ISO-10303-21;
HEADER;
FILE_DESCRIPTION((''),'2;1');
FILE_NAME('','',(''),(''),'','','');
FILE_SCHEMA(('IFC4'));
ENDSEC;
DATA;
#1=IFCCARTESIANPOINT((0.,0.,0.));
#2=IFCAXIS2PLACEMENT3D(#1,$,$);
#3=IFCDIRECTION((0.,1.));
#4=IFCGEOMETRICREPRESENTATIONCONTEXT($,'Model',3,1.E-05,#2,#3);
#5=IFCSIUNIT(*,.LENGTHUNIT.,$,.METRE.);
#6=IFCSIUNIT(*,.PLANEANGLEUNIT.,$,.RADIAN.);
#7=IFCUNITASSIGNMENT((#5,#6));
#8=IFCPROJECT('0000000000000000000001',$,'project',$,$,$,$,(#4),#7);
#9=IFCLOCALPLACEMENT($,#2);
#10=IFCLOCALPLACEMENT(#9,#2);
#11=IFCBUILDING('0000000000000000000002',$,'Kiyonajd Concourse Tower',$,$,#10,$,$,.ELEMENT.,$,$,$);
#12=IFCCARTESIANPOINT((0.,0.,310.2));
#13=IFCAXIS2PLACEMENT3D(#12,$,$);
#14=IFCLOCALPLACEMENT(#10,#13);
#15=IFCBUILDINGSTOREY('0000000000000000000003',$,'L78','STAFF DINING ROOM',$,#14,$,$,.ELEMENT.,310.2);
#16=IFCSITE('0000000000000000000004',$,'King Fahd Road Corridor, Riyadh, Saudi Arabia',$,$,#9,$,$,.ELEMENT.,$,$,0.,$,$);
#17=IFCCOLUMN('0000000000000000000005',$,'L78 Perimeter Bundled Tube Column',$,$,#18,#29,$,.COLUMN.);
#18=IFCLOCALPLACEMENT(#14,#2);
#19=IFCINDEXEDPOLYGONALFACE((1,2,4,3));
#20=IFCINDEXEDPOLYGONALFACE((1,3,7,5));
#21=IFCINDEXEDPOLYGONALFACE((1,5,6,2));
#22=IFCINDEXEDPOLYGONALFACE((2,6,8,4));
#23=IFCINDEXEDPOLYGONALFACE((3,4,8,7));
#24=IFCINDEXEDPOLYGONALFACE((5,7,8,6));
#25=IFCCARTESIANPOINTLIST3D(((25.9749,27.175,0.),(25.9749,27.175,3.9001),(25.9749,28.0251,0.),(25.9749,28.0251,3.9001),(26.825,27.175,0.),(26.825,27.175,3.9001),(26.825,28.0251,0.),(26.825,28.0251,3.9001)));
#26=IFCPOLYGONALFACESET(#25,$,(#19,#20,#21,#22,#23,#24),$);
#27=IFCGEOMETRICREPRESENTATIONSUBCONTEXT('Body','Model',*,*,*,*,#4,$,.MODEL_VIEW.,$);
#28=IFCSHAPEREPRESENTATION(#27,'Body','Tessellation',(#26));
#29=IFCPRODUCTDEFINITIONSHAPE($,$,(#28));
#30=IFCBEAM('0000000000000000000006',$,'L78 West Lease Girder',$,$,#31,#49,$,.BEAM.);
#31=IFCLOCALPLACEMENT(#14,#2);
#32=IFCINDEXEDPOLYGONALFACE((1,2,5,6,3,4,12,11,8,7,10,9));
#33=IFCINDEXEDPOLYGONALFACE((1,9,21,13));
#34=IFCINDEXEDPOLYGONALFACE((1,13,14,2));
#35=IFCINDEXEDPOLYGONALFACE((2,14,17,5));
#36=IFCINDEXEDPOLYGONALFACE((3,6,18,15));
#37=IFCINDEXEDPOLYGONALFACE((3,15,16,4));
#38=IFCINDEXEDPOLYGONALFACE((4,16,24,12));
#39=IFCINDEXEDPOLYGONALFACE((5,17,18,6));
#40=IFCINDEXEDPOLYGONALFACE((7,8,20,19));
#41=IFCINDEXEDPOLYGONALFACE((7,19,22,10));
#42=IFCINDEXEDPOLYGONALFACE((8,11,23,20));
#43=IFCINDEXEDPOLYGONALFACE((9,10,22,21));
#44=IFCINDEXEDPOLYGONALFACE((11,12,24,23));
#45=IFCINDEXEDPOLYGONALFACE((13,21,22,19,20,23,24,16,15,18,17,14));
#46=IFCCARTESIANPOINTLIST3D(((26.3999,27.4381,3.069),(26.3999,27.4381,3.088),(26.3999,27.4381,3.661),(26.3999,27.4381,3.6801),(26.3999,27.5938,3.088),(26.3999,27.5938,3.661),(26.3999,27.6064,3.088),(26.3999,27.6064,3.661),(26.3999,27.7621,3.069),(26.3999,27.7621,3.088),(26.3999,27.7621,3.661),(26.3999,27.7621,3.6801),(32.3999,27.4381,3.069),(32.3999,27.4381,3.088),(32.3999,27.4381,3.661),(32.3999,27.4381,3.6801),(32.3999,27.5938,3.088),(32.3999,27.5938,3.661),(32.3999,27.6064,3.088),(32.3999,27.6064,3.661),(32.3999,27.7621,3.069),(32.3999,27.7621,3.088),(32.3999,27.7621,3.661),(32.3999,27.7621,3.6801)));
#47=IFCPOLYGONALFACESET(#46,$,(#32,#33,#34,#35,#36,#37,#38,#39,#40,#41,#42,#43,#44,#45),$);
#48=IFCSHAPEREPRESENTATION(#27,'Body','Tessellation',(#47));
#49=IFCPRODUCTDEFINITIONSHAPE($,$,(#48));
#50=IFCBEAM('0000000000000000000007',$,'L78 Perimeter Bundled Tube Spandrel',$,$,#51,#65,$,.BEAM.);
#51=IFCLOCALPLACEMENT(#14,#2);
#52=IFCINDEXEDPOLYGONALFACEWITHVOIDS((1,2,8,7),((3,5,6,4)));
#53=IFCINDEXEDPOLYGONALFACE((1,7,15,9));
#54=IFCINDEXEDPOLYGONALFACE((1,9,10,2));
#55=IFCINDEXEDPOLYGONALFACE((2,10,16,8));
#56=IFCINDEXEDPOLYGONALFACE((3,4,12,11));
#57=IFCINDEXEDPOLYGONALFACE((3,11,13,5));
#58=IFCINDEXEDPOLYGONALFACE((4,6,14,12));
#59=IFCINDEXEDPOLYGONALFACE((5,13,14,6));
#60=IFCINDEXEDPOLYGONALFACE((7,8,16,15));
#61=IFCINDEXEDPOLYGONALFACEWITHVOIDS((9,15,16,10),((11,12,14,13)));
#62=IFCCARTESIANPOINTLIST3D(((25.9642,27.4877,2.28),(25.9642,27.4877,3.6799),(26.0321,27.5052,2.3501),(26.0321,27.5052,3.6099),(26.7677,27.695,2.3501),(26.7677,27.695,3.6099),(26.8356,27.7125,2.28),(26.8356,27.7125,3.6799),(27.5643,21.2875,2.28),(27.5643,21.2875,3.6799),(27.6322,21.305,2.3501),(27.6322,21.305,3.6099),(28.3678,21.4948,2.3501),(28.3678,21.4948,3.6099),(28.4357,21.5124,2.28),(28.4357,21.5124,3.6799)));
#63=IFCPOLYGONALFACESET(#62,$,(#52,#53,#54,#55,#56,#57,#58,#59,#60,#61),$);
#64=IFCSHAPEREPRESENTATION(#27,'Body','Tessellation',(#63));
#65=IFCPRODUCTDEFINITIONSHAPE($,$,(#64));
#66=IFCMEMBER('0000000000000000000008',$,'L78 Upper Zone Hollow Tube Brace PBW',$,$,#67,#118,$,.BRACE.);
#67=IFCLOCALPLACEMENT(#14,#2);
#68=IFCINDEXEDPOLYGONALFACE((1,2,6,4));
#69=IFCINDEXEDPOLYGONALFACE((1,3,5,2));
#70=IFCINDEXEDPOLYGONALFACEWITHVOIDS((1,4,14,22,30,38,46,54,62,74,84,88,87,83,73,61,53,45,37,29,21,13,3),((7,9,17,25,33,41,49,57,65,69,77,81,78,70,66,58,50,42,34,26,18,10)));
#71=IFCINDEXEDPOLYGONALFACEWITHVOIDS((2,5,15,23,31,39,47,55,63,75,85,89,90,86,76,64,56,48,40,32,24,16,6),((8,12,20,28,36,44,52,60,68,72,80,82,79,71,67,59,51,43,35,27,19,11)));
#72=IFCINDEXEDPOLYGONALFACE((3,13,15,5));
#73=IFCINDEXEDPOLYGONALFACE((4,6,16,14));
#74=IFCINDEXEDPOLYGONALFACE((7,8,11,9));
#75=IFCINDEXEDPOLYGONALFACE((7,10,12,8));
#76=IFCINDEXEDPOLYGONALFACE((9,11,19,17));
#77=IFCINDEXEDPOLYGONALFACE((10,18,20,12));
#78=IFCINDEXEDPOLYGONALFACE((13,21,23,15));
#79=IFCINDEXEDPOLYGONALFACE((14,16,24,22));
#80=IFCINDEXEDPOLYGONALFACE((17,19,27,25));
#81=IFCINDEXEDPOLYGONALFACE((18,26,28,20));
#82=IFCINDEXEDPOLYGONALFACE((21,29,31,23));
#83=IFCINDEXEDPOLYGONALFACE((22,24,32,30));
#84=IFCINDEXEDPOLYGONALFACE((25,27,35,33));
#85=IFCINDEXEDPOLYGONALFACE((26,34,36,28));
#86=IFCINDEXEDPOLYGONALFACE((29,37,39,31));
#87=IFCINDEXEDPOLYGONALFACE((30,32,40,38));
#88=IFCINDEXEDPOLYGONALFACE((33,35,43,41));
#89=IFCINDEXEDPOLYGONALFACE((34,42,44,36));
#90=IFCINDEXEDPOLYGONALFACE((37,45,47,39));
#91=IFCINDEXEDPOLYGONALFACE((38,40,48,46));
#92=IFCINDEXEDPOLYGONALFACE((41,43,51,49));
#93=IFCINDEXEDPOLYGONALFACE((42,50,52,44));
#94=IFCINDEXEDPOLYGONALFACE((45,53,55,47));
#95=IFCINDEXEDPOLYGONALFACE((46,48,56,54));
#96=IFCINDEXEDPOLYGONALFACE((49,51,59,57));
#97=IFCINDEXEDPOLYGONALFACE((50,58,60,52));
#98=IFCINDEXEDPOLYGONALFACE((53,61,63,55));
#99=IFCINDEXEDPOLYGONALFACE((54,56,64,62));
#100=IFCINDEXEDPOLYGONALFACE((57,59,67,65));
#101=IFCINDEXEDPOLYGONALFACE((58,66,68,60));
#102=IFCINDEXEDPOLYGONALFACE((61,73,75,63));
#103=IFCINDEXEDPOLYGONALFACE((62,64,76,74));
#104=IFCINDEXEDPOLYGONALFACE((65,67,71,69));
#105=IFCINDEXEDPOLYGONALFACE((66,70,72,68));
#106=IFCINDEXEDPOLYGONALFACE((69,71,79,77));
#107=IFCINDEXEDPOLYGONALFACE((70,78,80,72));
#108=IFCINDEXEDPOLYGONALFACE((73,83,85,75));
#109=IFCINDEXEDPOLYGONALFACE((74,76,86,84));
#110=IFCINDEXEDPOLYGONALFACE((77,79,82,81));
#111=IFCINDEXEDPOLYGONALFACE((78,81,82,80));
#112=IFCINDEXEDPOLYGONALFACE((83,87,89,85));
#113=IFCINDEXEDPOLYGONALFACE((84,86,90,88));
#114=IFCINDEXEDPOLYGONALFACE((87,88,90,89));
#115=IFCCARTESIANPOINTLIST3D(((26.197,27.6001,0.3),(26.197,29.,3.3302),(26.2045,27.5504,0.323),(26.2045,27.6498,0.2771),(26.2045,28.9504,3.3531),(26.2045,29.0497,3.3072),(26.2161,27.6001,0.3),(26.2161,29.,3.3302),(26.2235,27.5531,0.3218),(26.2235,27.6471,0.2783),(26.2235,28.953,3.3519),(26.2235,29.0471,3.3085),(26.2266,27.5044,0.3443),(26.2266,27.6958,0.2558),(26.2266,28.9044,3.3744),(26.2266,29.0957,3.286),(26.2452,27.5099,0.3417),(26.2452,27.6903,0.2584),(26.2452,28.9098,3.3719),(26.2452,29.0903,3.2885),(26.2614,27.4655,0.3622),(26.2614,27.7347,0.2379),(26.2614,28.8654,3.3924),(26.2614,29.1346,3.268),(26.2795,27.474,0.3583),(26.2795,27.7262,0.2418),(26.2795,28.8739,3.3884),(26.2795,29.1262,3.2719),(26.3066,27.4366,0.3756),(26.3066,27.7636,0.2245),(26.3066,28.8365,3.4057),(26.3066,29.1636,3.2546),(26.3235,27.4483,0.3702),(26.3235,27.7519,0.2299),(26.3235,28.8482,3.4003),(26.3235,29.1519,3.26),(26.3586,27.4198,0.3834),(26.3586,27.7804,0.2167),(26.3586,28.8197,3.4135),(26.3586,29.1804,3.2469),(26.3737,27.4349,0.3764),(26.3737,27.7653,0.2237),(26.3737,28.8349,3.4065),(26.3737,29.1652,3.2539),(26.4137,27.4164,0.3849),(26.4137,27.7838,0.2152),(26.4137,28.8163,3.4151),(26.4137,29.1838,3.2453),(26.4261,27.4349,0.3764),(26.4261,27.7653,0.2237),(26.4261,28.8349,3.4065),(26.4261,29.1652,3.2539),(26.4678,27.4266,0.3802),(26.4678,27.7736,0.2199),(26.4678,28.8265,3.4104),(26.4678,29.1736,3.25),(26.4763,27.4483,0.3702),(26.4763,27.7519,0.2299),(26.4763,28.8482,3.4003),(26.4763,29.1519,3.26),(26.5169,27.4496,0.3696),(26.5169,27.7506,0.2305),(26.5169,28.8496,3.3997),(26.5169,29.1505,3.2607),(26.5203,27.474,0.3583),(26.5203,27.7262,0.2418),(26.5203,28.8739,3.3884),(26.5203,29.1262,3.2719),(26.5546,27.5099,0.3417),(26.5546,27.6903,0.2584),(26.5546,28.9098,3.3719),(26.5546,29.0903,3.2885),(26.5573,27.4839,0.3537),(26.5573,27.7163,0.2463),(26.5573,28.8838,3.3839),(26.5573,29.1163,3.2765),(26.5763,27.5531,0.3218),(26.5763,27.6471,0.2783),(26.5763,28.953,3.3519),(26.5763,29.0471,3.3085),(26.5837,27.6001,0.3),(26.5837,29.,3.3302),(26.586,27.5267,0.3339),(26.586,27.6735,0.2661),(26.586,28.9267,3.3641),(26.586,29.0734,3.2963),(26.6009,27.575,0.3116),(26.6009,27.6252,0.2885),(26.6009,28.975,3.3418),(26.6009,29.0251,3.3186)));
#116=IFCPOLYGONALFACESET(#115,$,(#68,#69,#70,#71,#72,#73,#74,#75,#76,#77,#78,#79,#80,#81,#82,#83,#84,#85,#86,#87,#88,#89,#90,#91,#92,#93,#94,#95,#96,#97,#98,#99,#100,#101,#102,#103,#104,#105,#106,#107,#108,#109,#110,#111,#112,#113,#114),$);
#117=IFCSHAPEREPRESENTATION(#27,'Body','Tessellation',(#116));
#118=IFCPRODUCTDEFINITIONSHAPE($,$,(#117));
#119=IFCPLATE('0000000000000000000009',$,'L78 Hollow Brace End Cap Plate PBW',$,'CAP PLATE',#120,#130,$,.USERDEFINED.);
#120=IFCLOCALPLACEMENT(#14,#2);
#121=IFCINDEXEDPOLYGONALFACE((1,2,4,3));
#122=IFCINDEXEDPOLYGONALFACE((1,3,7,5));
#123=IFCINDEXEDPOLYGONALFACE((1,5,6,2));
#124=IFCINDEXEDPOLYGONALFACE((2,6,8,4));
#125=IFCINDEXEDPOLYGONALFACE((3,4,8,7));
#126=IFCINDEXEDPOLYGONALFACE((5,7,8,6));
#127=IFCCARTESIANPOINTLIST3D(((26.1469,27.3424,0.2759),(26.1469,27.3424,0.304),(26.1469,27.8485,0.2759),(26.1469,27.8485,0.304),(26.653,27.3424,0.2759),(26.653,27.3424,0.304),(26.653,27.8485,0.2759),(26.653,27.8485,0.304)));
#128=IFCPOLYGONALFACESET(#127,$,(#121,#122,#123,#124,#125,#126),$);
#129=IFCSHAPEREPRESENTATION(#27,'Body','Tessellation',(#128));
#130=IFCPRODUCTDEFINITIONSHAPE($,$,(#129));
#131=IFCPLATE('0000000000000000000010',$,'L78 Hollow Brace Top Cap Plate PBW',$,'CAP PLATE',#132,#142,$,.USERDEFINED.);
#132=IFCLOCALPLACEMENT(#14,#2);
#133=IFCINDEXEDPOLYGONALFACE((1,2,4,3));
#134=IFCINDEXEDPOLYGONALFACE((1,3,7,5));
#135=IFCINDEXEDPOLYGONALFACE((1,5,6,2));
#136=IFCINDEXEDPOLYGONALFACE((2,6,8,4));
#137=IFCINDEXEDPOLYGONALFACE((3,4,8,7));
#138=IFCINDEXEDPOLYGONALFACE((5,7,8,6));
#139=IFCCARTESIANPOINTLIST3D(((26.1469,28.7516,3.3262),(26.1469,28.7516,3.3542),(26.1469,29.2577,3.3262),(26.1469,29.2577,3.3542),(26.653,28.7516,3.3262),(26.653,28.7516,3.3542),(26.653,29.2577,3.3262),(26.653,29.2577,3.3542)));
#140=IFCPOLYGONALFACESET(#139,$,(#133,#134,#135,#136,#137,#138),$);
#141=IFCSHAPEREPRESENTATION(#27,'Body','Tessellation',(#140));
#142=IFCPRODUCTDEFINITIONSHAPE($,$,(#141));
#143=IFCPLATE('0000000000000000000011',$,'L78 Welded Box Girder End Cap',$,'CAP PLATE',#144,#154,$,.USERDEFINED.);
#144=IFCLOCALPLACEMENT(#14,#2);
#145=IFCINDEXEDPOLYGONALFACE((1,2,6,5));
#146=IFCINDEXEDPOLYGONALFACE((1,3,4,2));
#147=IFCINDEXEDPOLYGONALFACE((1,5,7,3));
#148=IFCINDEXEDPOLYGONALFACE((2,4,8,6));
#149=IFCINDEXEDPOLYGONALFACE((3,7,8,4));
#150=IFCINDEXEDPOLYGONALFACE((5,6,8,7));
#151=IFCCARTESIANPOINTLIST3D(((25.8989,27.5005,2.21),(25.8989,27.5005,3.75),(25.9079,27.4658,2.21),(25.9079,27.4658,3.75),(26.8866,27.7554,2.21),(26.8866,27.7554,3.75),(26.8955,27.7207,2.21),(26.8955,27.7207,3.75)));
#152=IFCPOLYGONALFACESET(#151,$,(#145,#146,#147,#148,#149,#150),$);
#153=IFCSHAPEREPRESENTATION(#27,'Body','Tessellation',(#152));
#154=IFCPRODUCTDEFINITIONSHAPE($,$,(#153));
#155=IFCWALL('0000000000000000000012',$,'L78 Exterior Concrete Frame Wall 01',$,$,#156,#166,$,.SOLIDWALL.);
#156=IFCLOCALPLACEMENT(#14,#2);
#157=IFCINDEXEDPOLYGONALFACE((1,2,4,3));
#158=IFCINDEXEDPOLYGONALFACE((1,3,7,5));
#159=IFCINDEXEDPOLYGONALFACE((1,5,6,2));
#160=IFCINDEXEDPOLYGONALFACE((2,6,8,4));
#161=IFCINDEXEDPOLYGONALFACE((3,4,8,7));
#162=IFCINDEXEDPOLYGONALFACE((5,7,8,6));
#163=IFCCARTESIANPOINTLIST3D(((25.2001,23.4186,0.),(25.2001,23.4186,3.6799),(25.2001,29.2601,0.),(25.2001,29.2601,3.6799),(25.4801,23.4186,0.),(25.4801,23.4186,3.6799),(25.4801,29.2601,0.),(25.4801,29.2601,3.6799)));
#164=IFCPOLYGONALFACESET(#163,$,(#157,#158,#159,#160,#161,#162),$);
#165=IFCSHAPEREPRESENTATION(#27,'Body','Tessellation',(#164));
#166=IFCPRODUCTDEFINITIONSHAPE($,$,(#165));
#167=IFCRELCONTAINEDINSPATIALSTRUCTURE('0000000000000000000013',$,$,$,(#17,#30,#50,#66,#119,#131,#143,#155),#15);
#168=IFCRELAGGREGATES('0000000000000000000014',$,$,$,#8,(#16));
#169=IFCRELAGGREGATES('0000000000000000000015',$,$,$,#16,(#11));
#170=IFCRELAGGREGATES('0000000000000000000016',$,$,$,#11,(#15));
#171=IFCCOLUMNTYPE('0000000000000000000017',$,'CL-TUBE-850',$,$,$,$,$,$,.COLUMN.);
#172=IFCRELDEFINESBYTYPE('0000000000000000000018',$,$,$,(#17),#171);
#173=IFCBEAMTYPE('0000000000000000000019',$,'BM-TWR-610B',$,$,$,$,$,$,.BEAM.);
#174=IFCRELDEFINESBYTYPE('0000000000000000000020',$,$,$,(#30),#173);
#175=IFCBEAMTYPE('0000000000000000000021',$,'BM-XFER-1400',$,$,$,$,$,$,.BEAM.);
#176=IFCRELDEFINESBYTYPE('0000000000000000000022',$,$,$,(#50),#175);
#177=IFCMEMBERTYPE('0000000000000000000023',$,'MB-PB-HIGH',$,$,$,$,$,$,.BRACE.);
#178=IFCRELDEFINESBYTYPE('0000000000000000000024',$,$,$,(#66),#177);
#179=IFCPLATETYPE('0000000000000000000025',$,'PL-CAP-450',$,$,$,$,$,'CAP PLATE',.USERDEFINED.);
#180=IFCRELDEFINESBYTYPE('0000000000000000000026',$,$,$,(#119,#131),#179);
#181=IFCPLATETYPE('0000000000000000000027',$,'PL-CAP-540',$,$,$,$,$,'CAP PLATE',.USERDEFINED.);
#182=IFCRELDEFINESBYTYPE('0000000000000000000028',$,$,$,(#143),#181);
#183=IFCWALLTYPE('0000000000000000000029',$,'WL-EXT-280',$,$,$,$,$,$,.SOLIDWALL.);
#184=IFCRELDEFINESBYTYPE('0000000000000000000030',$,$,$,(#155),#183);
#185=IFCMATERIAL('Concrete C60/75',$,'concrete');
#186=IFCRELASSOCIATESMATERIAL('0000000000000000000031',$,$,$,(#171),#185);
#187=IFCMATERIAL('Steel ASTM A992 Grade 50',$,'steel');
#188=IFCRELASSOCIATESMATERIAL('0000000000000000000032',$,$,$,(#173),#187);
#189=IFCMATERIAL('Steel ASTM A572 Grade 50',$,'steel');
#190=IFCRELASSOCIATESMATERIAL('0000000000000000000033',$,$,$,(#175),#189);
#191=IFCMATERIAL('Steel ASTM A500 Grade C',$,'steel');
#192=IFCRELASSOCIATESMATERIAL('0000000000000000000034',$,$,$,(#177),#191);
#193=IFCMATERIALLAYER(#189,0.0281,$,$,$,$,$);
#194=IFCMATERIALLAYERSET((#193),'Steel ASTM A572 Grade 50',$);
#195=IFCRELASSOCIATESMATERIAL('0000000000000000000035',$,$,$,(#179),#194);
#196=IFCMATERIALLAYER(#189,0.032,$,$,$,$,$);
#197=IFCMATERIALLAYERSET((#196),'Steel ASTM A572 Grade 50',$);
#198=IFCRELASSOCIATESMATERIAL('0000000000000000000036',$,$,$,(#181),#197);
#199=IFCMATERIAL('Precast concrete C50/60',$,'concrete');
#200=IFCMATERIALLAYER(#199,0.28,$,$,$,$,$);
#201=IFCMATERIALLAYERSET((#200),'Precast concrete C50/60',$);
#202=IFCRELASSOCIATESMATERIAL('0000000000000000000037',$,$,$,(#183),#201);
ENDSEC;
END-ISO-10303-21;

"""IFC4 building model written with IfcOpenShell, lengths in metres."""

from ifc_helpers import new_model, si_unit, direction, frame, frame_2d, origin, origin_2d, place, context, subcontext, project, spatial, rectangle, hollow_rectangle, hollow_circle, i_section, extrude, material, layer, layer_set, material_profile, profile_set, type_object, element, save


model = new_model("IFC4")

# Units and contexts
model_context = context("Model", 3, precision=1e-05, world=origin(), true_north=direction((0.0, 1.0)))
body_context = subcontext(model_context, "Body", "Model", "MODEL_VIEW")
ifc_project = project(units=[si_unit("LENGTHUNIT", "METRE"), si_unit("PLANEANGLEUNIT", "RADIAN")], contexts=[model_context])

# Site, building, storey
site_placement = place(None, origin())
site = spatial("IfcSite", under=ifc_project, at=site_placement, Name="King Fahd Road Corridor, Riyadh, Saudi Arabia", CompositionType="ELEMENT", RefElevation=0.0)
building_placement = place(site_placement, origin())
building = spatial("IfcBuilding", under=site, at=building_placement, Name="Kiyonajd Concourse Tower", CompositionType="ELEMENT")
storey_placement = place(building_placement, frame((0.0, 0.0, 310.2)))
storey = spatial("IfcBuildingStorey", under=building, at=storey_placement, Name="L78", Description="STAFF DINING ROOM", CompositionType="ELEMENT", Elevation=310.2)

# Column
ifc_material_1 = material(Name="Concrete C60/75", Category="concrete")
ifc_material_profile_1 = material_profile(ifc_material_1, rectangle(XDim=0.8501, YDim=0.8501, at=origin_2d()), Name="RC-850x850")
ifc_profile_set_1 = profile_set([ifc_material_profile_1], Name="Concrete C60/75")
column_type = type_object("IfcColumnType", Name="CL-TUBE-850", PredefinedType="COLUMN", material=ifc_profile_set_1)
column_placement = place(storey_placement, frame((26.3999, 27.6001, 0.0), z_axis=(0.0, 0.0, 1.0), x_axis=(1.0, 0.0, 0.0)))
element("IfcColumn", 1, at=column_placement, inside=storey, type_object=column_type, Name="L78 Perimeter Bundled Tube Column", PredefinedType="COLUMN", context=body_context, shape_type="SweptSolid", body=[
    extrude(rectangle(XDim=0.8501, YDim=0.8501, at=origin_2d()), origin(), (0.0, 0.0, 1.0), 3.9001),
])

# Beams
ifc_material_2 = material(Name="Steel ASTM A992 Grade 50", Category="steel")
ifc_material_profile_2 = material_profile(ifc_material_2, i_section(OverallWidth=0.324, OverallDepth=0.6111, WebThickness=0.0127, FlangeThickness=0.019, at=origin_2d()), Name="W610X155")
ifc_profile_set_2 = profile_set([ifc_material_profile_2], Name="Steel ASTM A992 Grade 50")
beam_type_1 = type_object("IfcBeamType", Name="BM-TWR-610B", PredefinedType="BEAM", material=ifc_profile_set_2)
beam_1_placement = place(storey_placement, frame((26.3999, 27.6001, 3.3745), z_axis=(1.0, 0.0, 0.0), x_axis=(0.0, 1.0, 0.0)))
element("IfcBeam", 2, at=beam_1_placement, inside=storey, type_object=beam_type_1, Name="L78 West Lease Girder", PredefinedType="BEAM", context=body_context, shape_type="SweptSolid", body=[
    extrude(i_section(OverallWidth=0.324, OverallDepth=0.6111, WebThickness=0.0127, FlangeThickness=0.019, at=origin_2d()), origin(), (0.0, 0.0, 1.0), 6.0),
])
ifc_material_3 = material(Name="Steel ASTM A572 Grade 50", Category="steel")
ifc_material_profile_3 = material_profile(ifc_material_3, hollow_rectangle(XDim=0.8999, YDim=1.3999, WallThickness=0.0701, at=origin_2d()), Name="BOX-1400x900x70")
ifc_profile_set_3 = profile_set([ifc_material_profile_3], Name="Steel ASTM A572 Grade 50")
beam_type_2 = type_object("IfcBeamType", Name="BM-XFER-1400", PredefinedType="BEAM", material=ifc_profile_set_3)
beam_2_placement = place(storey_placement, frame((26.3999, 27.6001, 2.98), z_axis=(0.249885, -0.968276, 0.0), x_axis=(0.968276, 0.249885, 0.0)))
element("IfcBeam", 3, at=beam_2_placement, inside=storey, type_object=beam_type_2, Name="L78 Perimeter Bundled Tube Spandrel", PredefinedType="BEAM", context=body_context, shape_type="SweptSolid", body=[
    extrude(hollow_rectangle(XDim=0.8999, YDim=1.3999, WallThickness=0.0701, at=origin_2d()), origin(), (0.0, 0.0, 1.0), 6.4033),
])

# Member
ifc_material_4 = material(Name="Steel ASTM A500 Grade C", Category="steel")
ifc_material_profile_4 = material_profile(ifc_material_4, hollow_circle(Radius=0.2029, WallThickness=0.019, at=origin_2d()), Name="CHS-406x19")
ifc_profile_set_4 = profile_set([ifc_material_profile_4], Name="Steel ASTM A500 Grade C")
member_type = type_object("IfcMemberType", Name="MB-PB-HIGH", PredefinedType="BRACE", material=ifc_profile_set_4)
member_placement = place(storey_placement, frame((26.3999, 27.6001, 0.3), z_axis=(0.0, 0.419411, 0.907797), x_axis=(-1.0, 0.0, 0.0)))
element("IfcMember", 4, at=member_placement, inside=storey, type_object=member_type, Name="L78 Upper Zone Hollow Tube Brace PBW", PredefinedType="BRACE", context=body_context, shape_type="SweptSolid", body=[
    extrude(hollow_circle(Radius=0.2029, WallThickness=0.019, at=origin_2d()), origin(), (0.0, 0.0, 1.0), 3.3379),
])

# Plates
ifc_layer_1 = layer(ifc_material_3, 0.0281)
ifc_layer_set_1 = layer_set([ifc_layer_1], Name="Steel ASTM A572 Grade 50")
plate_type_1 = type_object("IfcPlateType", Name="PL-CAP-450", ElementType="CAP PLATE", PredefinedType="USERDEFINED", material=ifc_layer_set_1)
for number, where, z_axis, x_axis, name in (
    (5, (26.3999, 27.5955, 0.2759), (0.0, 0.0, 1.0), (1.0, 0.0, 0.0), "L78 Hollow Brace End Cap Plate PBW"),
    (6, (26.3999, 29.0046, 3.3262), (0.0, 0.0, 1.0), (1.0, 0.0, 0.0), "L78 Hollow Brace Top Cap Plate PBW"),
):
    element("IfcPlate", number, at=place(storey_placement, frame(where, z_axis=z_axis, x_axis=x_axis)), inside=storey, type_object=plate_type_1, Name=name, ObjectType="CAP PLATE", PredefinedType="USERDEFINED", context=body_context, shape_type="SweptSolid", body=[
        extrude(rectangle(XDim=0.5061, YDim=0.5061, at=origin_2d()), origin(), (0.0, 0.0, 1.0), 0.0281),
    ])
ifc_layer_2 = layer(ifc_material_3, 0.032)
ifc_layer_set_2 = layer_set([ifc_layer_2], Name="Steel ASTM A572 Grade 50")
plate_type_2 = type_object("IfcPlateType", Name="PL-CAP-540", ElementType="CAP PLATE", PredefinedType="USERDEFINED", material=ifc_layer_set_2)
plate_placement = place(storey_placement, frame((26.3972, 27.6106, 2.21), z_axis=(0.0, 0.0, 1.0), x_axis=(-0.249873, 0.968279, 0.0)))
element("IfcPlate", 7, at=plate_placement, inside=storey, type_object=plate_type_2, Name="L78 Welded Box Girder End Cap", ObjectType="CAP PLATE", PredefinedType="USERDEFINED", context=body_context, shape_type="SweptSolid", body=[
    extrude(rectangle(XDim=0.0359, YDim=1.02, at=origin_2d()), origin(), (0.0, 0.0, 1.0), 1.54),
])

# Wall
ifc_material_5 = material(Name="Precast concrete C50/60", Category="concrete")
ifc_layer_3 = layer(ifc_material_5, 0.28)
ifc_layer_set_3 = layer_set([ifc_layer_3], Name="Precast concrete C50/60")
wall_type_1 = type_object("IfcWallType", Name="WL-EXT-280", PredefinedType="SOLIDWALL", material=ifc_layer_set_3)
wall_1_placement = place(storey_placement, frame((25.3401, 23.4185, 0.0), z_axis=(0.0, 0.0, 1.0), x_axis=(0.0, 1.0, 0.0)))
element("IfcWall", 8, at=wall_1_placement, inside=storey, type_object=wall_type_1, Name="L78 Exterior Concrete Frame Wall 01", PredefinedType="SOLIDWALL", context=body_context, shape_type="SweptSolid", body=[
    extrude(rectangle(XDim=5.8416, YDim=0.28, at=frame_2d((2.9209, 0.0))), origin(), (0.0, 0.0, 1.0), 3.6799),
])

save(model, "model.ifc")
